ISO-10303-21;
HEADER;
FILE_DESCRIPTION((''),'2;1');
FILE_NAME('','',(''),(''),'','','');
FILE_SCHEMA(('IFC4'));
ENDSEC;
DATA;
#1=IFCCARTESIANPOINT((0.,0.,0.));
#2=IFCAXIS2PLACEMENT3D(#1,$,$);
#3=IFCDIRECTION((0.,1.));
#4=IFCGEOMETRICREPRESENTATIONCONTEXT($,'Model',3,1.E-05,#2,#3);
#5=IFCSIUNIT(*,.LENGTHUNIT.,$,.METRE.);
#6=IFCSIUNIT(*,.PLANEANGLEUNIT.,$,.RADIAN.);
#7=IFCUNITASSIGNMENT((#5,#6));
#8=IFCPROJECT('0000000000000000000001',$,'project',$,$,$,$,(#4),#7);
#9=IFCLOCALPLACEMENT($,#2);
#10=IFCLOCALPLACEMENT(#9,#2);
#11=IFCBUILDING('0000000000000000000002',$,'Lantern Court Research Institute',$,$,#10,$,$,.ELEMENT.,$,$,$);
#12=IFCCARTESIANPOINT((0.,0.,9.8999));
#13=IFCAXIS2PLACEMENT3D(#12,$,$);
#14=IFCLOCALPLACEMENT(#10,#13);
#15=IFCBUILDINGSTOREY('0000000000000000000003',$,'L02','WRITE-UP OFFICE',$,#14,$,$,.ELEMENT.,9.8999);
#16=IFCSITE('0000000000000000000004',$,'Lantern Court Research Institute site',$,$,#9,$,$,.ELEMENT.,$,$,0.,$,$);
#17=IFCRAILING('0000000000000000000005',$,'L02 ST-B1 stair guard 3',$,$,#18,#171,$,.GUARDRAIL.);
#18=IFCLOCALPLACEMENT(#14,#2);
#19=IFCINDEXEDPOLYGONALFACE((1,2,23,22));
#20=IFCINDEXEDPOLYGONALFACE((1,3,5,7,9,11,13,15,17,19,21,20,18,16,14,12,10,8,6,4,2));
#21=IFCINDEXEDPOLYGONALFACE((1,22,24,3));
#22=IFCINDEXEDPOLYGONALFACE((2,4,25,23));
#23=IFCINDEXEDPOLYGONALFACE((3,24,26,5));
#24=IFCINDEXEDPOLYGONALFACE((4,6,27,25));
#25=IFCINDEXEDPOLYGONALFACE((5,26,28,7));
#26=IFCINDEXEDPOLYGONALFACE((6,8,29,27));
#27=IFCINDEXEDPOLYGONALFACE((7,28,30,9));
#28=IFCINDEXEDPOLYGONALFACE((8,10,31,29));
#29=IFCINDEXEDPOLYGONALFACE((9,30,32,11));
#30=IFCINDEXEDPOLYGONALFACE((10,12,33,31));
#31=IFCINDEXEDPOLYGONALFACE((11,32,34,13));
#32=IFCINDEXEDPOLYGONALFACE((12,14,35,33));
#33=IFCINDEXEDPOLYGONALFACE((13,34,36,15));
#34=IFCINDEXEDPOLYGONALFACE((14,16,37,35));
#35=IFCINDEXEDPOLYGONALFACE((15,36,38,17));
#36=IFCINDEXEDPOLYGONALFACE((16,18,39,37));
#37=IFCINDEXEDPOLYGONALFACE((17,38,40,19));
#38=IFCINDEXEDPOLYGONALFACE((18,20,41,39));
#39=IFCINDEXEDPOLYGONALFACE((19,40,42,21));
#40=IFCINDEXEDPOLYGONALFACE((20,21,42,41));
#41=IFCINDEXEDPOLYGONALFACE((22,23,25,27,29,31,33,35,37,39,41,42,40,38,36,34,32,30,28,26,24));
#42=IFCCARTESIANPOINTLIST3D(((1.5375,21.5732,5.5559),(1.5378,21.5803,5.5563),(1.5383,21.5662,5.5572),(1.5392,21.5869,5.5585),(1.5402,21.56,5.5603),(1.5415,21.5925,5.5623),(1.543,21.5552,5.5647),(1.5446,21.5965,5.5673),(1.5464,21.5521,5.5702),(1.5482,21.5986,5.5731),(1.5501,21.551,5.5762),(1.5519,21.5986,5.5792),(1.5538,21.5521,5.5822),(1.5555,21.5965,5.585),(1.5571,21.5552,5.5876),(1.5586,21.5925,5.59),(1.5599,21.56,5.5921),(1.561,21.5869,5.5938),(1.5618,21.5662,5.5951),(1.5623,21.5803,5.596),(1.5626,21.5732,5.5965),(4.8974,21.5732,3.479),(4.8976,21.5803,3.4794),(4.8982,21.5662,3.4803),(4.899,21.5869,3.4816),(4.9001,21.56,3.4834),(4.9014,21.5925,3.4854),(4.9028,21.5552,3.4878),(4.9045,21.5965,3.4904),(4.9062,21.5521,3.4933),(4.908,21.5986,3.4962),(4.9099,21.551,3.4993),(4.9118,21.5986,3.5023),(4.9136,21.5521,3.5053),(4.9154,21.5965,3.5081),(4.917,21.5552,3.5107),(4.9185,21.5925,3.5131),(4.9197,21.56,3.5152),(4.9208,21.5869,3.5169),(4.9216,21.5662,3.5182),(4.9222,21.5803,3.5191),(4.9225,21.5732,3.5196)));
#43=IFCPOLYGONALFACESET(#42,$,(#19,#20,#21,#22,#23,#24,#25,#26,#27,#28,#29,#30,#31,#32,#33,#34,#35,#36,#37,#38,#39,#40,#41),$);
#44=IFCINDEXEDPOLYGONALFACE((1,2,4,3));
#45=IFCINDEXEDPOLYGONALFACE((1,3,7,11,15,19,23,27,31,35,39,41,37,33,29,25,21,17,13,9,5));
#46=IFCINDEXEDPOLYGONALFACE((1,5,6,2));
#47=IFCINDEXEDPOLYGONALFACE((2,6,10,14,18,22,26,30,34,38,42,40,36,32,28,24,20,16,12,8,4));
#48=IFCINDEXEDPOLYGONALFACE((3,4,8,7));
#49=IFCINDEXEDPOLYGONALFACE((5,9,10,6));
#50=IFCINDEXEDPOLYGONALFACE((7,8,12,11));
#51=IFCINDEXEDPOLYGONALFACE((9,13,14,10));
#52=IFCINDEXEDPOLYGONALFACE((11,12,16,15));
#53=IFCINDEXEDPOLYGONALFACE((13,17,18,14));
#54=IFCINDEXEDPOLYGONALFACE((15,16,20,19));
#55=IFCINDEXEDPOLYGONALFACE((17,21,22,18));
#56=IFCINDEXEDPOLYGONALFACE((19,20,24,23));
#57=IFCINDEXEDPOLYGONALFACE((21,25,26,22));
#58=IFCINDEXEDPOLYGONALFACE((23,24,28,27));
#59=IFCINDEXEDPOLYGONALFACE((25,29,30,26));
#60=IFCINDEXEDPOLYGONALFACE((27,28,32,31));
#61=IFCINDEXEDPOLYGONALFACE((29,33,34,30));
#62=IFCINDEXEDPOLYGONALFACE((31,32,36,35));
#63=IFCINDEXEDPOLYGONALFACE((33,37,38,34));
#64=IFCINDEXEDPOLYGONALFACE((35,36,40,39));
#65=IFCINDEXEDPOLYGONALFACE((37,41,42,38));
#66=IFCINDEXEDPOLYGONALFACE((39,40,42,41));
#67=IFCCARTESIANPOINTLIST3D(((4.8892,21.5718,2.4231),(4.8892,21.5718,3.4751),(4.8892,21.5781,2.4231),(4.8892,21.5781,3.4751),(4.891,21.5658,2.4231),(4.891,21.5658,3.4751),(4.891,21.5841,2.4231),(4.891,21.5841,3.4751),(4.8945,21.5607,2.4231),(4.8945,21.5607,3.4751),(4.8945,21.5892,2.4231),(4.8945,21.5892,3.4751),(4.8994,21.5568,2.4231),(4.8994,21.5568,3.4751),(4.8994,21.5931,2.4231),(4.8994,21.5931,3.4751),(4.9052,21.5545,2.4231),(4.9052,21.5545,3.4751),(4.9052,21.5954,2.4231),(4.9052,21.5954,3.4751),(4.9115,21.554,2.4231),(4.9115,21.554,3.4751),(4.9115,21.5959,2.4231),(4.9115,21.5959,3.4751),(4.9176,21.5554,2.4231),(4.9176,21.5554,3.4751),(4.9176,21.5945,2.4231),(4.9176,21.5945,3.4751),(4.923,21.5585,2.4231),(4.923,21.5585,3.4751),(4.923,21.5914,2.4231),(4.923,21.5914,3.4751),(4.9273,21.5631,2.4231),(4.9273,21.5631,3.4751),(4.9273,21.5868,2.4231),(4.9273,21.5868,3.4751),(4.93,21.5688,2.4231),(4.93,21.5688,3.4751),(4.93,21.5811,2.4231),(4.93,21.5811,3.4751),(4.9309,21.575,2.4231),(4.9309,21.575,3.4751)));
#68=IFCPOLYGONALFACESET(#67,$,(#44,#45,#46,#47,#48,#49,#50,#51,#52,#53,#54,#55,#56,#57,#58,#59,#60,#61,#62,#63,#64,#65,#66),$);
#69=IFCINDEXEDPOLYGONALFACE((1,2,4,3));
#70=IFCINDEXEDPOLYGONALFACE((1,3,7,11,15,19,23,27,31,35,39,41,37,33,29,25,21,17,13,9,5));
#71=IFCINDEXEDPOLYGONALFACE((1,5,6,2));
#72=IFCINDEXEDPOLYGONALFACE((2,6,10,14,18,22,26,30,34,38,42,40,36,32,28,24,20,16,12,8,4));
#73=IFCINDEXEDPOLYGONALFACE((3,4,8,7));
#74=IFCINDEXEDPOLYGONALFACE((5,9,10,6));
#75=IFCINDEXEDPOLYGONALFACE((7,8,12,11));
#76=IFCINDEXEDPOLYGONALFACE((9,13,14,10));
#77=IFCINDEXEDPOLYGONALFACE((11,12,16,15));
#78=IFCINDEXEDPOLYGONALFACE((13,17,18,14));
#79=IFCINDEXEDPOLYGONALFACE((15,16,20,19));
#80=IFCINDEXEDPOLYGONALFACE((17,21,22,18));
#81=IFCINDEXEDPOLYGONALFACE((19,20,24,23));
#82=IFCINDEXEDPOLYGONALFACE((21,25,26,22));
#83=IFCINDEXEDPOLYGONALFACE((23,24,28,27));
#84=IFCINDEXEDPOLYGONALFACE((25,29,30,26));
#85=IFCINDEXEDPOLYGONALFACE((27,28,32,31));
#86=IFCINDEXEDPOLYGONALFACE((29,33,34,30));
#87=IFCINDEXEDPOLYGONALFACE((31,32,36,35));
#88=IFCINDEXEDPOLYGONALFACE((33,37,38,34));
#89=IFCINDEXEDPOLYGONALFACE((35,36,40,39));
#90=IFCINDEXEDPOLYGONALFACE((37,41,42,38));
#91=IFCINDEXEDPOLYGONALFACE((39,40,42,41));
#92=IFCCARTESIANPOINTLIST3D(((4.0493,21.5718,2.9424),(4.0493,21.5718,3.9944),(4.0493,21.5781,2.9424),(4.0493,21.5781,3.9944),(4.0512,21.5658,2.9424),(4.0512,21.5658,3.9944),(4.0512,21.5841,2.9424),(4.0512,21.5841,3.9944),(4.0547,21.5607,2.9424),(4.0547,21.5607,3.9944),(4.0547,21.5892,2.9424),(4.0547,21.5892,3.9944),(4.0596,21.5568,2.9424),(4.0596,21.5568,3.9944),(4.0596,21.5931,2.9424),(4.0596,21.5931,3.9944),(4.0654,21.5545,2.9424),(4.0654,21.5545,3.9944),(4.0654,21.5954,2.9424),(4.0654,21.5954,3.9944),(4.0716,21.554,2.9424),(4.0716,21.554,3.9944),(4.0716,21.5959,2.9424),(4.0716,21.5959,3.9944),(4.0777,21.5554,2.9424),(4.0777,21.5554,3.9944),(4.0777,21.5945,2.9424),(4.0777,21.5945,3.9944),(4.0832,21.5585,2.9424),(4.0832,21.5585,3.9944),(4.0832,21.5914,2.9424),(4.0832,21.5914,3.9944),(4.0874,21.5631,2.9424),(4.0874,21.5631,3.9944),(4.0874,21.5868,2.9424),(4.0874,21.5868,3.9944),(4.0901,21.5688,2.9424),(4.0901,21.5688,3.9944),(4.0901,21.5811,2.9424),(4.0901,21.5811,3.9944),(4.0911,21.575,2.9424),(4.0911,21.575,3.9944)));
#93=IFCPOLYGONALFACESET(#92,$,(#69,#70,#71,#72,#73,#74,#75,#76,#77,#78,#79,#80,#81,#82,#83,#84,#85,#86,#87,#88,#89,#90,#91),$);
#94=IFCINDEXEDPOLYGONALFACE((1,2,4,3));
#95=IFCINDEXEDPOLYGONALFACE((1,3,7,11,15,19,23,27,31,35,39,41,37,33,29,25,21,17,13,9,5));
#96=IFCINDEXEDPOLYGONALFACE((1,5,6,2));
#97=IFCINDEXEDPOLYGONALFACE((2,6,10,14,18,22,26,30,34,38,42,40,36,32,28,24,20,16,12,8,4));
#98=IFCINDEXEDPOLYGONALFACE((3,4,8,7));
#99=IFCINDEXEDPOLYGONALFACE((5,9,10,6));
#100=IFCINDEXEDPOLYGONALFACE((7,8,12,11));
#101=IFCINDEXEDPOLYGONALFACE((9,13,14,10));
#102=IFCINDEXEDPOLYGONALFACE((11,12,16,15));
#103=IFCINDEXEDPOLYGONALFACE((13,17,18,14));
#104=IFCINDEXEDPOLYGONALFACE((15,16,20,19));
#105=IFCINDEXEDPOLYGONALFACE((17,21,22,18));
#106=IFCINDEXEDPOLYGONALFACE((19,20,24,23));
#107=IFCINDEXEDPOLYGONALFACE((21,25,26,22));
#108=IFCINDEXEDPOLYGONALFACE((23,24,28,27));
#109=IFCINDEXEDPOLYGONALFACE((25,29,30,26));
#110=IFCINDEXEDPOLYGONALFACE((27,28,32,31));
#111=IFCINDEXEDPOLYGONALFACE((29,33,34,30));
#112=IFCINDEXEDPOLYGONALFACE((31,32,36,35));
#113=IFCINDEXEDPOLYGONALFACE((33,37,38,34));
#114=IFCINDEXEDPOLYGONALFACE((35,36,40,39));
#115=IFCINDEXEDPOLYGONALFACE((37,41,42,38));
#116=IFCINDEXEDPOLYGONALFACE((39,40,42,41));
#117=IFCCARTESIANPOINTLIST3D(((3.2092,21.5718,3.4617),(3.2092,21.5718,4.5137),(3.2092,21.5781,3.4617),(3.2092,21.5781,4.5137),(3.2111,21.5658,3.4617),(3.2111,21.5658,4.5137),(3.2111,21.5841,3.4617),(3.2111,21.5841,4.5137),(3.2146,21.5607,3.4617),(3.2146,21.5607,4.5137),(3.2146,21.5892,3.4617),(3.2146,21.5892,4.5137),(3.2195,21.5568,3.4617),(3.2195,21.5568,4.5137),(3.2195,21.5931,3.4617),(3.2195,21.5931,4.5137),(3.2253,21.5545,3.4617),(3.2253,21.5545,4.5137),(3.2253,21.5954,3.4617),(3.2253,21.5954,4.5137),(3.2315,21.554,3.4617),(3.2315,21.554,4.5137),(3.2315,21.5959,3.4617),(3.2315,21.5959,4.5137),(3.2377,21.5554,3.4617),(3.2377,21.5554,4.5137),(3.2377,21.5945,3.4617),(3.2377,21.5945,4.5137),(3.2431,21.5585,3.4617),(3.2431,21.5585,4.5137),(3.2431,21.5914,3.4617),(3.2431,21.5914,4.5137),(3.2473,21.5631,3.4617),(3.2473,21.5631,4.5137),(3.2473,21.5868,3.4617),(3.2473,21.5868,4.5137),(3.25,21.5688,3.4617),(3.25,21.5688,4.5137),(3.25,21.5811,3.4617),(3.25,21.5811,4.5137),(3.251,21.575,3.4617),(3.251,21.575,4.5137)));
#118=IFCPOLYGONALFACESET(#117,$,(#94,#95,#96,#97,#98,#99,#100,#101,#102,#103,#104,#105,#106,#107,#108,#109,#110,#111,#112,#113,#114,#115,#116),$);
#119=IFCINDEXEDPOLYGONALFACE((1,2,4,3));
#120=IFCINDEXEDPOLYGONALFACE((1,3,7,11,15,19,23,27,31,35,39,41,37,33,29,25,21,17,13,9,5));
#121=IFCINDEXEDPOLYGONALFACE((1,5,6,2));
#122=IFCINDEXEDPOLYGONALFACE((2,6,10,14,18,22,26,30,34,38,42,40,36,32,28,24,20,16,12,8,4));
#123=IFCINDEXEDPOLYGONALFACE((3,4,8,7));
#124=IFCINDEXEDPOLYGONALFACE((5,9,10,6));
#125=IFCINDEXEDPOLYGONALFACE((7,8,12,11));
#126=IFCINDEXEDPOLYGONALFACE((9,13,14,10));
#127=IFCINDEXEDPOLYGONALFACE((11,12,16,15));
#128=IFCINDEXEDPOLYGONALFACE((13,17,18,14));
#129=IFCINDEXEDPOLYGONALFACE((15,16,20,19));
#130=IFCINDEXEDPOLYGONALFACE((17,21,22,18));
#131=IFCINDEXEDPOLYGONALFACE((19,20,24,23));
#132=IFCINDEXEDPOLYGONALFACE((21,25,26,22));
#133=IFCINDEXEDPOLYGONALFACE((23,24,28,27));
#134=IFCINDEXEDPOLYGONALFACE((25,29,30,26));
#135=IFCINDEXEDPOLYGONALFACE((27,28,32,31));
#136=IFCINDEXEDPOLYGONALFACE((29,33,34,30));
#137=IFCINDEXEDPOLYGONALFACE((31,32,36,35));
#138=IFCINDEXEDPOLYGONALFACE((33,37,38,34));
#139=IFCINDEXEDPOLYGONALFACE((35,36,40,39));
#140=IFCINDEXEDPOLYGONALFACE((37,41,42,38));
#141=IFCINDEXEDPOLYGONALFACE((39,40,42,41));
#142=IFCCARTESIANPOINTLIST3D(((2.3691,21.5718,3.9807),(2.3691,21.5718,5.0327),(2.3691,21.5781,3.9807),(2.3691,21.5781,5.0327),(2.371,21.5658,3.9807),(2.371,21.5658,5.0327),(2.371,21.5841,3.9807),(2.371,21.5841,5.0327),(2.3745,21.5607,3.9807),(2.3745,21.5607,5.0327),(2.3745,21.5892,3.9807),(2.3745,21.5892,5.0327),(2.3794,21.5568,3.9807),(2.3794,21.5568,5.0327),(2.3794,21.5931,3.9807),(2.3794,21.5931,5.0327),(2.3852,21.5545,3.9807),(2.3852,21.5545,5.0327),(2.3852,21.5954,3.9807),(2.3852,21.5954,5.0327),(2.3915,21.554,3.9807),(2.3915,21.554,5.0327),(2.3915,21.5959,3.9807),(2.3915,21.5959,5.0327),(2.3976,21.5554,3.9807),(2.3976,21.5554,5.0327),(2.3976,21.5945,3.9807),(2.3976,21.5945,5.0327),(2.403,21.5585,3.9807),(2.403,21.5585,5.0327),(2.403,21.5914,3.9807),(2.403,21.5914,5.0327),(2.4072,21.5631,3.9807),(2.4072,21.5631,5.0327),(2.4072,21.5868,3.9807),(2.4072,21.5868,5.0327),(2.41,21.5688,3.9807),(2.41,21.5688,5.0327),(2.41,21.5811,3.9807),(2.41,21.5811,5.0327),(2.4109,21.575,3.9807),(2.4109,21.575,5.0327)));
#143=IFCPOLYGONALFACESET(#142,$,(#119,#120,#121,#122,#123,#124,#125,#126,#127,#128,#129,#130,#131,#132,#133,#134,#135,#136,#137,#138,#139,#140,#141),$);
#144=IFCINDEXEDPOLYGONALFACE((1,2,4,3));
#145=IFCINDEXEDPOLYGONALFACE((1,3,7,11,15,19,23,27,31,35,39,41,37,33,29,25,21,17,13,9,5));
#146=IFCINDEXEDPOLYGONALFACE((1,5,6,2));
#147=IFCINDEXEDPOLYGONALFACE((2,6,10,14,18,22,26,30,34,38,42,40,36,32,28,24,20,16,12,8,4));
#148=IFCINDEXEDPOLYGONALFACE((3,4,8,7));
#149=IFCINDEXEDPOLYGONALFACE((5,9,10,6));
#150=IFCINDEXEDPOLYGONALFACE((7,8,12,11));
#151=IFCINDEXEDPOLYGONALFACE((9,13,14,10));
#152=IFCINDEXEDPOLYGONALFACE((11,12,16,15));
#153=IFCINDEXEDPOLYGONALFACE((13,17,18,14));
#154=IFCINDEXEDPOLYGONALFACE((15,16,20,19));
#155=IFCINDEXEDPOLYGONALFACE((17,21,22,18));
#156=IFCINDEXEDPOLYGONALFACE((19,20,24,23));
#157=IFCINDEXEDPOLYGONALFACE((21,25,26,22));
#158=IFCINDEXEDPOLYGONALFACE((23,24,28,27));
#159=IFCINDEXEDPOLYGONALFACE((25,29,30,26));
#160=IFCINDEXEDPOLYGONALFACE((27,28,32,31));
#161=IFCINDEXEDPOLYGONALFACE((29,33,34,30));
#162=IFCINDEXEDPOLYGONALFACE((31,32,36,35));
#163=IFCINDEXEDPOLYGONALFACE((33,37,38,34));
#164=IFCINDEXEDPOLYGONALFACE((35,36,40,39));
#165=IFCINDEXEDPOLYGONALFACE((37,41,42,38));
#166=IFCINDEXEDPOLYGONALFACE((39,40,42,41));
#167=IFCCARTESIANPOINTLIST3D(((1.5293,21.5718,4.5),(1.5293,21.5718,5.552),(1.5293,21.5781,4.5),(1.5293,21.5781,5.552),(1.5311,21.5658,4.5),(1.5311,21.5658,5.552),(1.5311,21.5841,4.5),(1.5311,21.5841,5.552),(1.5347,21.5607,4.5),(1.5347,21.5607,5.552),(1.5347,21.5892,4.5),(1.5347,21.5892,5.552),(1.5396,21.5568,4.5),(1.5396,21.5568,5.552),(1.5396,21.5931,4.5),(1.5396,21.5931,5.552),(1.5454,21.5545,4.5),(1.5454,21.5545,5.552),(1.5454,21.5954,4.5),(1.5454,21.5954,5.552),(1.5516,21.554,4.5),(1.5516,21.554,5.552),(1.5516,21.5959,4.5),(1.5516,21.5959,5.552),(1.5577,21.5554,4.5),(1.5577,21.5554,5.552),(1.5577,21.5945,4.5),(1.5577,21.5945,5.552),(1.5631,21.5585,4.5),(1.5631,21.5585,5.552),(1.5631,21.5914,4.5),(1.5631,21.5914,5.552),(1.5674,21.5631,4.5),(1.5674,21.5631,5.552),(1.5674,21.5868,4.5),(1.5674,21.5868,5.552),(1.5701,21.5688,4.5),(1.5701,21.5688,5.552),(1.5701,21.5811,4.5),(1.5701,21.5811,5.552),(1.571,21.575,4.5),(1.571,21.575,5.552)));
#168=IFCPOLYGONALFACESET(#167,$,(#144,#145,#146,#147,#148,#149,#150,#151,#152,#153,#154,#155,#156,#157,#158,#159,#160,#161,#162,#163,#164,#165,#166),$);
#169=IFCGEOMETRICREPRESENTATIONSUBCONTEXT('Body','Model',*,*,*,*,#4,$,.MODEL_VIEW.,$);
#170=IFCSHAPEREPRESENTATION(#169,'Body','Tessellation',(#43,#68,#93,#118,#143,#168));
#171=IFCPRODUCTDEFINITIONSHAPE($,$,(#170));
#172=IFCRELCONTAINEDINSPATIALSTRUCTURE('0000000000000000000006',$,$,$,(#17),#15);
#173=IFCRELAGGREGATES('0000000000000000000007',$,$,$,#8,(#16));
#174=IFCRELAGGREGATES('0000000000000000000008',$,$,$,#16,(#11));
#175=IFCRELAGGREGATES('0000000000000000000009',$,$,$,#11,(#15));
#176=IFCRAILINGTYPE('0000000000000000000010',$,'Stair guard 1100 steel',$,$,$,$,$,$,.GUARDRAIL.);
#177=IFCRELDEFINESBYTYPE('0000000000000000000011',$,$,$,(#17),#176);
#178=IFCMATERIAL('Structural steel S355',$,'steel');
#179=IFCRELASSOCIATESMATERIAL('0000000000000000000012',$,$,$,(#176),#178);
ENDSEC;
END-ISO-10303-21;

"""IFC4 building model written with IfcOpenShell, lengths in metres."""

from ifc_helpers import new_model, si_unit, direction, frame, origin, origin_2d, place, context, subcontext, project, spatial, circle, extrude, material, type_object, element, save


model = new_model("IFC4")

# Units and contexts
model_context = context("Model", 3, precision=1e-05, world=origin(), true_north=direction((0.0, 1.0)))
body_context = subcontext(model_context, "Body", "Model", "MODEL_VIEW")
ifc_project = project(units=[si_unit("LENGTHUNIT", "METRE"), si_unit("PLANEANGLEUNIT", "RADIAN")], contexts=[model_context])

# Site, building, storey
site_placement = place(None, origin())
site = spatial("IfcSite", under=ifc_project, at=site_placement, Name="Lantern Court Research Institute site", CompositionType="ELEMENT", RefElevation=0.0)
building_placement = place(site_placement, origin())
building = spatial("IfcBuilding", under=site, at=building_placement, Name="Lantern Court Research Institute", CompositionType="ELEMENT")
storey_placement = place(building_placement, frame((0.0, 0.0, 9.8999)))
storey = spatial("IfcBuildingStorey", under=building, at=storey_placement, Name="L02", Description="WRITE-UP OFFICE", CompositionType="ELEMENT", Elevation=9.8999)

# Railing
ifc_material_1 = material(Name="Structural steel S355", Category="steel")
railing_type_1 = type_object("IfcRailingType", Name="Stair guard 1100 steel", PredefinedType="GUARDRAIL", material=ifc_material_1)
railing_1_placement = place(storey_placement, frame((4.9099, 21.575, 2.4231)))
element("IfcRailing", 1, at=railing_1_placement, inside=storey, type_object=railing_type_1, Name="L02 ST-B1 stair guard 3", PredefinedType="GUARDRAIL", context=body_context, shape_type="SweptSolid", body=[
    extrude(circle(Radius=0.0239, at=origin_2d()), frame((0.0, 0.0, 1.0762), z_axis=(-0.850606, 0.0, 0.525803), x_axis=(0.0, -1.0, 0.0)), (0.0, 0.0, 1.0), 3.95),
    extrude(circle(Radius=0.021, at=origin_2d()), origin(), (0.0, 0.0, 1.0), 1.052),
    extrude(circle(Radius=0.021, at=origin_2d()), frame((-0.8398, 0.0, 0.5193)), (0.0, 0.0, 1.0), 1.052),
    extrude(circle(Radius=0.021, at=origin_2d()), frame((-1.6799, 0.0, 1.0386)), (0.0, 0.0, 1.0), 1.052),
    extrude(circle(Radius=0.021, at=origin_2d()), frame((-2.52, 0.0, 1.5576)), (0.0, 0.0, 1.0), 1.052),
    extrude(circle(Radius=0.021, at=origin_2d()), frame((-3.3599, 0.0, 2.0769)), (0.0, 0.0, 1.0), 1.052),
])

save(model, "model.ifc")
